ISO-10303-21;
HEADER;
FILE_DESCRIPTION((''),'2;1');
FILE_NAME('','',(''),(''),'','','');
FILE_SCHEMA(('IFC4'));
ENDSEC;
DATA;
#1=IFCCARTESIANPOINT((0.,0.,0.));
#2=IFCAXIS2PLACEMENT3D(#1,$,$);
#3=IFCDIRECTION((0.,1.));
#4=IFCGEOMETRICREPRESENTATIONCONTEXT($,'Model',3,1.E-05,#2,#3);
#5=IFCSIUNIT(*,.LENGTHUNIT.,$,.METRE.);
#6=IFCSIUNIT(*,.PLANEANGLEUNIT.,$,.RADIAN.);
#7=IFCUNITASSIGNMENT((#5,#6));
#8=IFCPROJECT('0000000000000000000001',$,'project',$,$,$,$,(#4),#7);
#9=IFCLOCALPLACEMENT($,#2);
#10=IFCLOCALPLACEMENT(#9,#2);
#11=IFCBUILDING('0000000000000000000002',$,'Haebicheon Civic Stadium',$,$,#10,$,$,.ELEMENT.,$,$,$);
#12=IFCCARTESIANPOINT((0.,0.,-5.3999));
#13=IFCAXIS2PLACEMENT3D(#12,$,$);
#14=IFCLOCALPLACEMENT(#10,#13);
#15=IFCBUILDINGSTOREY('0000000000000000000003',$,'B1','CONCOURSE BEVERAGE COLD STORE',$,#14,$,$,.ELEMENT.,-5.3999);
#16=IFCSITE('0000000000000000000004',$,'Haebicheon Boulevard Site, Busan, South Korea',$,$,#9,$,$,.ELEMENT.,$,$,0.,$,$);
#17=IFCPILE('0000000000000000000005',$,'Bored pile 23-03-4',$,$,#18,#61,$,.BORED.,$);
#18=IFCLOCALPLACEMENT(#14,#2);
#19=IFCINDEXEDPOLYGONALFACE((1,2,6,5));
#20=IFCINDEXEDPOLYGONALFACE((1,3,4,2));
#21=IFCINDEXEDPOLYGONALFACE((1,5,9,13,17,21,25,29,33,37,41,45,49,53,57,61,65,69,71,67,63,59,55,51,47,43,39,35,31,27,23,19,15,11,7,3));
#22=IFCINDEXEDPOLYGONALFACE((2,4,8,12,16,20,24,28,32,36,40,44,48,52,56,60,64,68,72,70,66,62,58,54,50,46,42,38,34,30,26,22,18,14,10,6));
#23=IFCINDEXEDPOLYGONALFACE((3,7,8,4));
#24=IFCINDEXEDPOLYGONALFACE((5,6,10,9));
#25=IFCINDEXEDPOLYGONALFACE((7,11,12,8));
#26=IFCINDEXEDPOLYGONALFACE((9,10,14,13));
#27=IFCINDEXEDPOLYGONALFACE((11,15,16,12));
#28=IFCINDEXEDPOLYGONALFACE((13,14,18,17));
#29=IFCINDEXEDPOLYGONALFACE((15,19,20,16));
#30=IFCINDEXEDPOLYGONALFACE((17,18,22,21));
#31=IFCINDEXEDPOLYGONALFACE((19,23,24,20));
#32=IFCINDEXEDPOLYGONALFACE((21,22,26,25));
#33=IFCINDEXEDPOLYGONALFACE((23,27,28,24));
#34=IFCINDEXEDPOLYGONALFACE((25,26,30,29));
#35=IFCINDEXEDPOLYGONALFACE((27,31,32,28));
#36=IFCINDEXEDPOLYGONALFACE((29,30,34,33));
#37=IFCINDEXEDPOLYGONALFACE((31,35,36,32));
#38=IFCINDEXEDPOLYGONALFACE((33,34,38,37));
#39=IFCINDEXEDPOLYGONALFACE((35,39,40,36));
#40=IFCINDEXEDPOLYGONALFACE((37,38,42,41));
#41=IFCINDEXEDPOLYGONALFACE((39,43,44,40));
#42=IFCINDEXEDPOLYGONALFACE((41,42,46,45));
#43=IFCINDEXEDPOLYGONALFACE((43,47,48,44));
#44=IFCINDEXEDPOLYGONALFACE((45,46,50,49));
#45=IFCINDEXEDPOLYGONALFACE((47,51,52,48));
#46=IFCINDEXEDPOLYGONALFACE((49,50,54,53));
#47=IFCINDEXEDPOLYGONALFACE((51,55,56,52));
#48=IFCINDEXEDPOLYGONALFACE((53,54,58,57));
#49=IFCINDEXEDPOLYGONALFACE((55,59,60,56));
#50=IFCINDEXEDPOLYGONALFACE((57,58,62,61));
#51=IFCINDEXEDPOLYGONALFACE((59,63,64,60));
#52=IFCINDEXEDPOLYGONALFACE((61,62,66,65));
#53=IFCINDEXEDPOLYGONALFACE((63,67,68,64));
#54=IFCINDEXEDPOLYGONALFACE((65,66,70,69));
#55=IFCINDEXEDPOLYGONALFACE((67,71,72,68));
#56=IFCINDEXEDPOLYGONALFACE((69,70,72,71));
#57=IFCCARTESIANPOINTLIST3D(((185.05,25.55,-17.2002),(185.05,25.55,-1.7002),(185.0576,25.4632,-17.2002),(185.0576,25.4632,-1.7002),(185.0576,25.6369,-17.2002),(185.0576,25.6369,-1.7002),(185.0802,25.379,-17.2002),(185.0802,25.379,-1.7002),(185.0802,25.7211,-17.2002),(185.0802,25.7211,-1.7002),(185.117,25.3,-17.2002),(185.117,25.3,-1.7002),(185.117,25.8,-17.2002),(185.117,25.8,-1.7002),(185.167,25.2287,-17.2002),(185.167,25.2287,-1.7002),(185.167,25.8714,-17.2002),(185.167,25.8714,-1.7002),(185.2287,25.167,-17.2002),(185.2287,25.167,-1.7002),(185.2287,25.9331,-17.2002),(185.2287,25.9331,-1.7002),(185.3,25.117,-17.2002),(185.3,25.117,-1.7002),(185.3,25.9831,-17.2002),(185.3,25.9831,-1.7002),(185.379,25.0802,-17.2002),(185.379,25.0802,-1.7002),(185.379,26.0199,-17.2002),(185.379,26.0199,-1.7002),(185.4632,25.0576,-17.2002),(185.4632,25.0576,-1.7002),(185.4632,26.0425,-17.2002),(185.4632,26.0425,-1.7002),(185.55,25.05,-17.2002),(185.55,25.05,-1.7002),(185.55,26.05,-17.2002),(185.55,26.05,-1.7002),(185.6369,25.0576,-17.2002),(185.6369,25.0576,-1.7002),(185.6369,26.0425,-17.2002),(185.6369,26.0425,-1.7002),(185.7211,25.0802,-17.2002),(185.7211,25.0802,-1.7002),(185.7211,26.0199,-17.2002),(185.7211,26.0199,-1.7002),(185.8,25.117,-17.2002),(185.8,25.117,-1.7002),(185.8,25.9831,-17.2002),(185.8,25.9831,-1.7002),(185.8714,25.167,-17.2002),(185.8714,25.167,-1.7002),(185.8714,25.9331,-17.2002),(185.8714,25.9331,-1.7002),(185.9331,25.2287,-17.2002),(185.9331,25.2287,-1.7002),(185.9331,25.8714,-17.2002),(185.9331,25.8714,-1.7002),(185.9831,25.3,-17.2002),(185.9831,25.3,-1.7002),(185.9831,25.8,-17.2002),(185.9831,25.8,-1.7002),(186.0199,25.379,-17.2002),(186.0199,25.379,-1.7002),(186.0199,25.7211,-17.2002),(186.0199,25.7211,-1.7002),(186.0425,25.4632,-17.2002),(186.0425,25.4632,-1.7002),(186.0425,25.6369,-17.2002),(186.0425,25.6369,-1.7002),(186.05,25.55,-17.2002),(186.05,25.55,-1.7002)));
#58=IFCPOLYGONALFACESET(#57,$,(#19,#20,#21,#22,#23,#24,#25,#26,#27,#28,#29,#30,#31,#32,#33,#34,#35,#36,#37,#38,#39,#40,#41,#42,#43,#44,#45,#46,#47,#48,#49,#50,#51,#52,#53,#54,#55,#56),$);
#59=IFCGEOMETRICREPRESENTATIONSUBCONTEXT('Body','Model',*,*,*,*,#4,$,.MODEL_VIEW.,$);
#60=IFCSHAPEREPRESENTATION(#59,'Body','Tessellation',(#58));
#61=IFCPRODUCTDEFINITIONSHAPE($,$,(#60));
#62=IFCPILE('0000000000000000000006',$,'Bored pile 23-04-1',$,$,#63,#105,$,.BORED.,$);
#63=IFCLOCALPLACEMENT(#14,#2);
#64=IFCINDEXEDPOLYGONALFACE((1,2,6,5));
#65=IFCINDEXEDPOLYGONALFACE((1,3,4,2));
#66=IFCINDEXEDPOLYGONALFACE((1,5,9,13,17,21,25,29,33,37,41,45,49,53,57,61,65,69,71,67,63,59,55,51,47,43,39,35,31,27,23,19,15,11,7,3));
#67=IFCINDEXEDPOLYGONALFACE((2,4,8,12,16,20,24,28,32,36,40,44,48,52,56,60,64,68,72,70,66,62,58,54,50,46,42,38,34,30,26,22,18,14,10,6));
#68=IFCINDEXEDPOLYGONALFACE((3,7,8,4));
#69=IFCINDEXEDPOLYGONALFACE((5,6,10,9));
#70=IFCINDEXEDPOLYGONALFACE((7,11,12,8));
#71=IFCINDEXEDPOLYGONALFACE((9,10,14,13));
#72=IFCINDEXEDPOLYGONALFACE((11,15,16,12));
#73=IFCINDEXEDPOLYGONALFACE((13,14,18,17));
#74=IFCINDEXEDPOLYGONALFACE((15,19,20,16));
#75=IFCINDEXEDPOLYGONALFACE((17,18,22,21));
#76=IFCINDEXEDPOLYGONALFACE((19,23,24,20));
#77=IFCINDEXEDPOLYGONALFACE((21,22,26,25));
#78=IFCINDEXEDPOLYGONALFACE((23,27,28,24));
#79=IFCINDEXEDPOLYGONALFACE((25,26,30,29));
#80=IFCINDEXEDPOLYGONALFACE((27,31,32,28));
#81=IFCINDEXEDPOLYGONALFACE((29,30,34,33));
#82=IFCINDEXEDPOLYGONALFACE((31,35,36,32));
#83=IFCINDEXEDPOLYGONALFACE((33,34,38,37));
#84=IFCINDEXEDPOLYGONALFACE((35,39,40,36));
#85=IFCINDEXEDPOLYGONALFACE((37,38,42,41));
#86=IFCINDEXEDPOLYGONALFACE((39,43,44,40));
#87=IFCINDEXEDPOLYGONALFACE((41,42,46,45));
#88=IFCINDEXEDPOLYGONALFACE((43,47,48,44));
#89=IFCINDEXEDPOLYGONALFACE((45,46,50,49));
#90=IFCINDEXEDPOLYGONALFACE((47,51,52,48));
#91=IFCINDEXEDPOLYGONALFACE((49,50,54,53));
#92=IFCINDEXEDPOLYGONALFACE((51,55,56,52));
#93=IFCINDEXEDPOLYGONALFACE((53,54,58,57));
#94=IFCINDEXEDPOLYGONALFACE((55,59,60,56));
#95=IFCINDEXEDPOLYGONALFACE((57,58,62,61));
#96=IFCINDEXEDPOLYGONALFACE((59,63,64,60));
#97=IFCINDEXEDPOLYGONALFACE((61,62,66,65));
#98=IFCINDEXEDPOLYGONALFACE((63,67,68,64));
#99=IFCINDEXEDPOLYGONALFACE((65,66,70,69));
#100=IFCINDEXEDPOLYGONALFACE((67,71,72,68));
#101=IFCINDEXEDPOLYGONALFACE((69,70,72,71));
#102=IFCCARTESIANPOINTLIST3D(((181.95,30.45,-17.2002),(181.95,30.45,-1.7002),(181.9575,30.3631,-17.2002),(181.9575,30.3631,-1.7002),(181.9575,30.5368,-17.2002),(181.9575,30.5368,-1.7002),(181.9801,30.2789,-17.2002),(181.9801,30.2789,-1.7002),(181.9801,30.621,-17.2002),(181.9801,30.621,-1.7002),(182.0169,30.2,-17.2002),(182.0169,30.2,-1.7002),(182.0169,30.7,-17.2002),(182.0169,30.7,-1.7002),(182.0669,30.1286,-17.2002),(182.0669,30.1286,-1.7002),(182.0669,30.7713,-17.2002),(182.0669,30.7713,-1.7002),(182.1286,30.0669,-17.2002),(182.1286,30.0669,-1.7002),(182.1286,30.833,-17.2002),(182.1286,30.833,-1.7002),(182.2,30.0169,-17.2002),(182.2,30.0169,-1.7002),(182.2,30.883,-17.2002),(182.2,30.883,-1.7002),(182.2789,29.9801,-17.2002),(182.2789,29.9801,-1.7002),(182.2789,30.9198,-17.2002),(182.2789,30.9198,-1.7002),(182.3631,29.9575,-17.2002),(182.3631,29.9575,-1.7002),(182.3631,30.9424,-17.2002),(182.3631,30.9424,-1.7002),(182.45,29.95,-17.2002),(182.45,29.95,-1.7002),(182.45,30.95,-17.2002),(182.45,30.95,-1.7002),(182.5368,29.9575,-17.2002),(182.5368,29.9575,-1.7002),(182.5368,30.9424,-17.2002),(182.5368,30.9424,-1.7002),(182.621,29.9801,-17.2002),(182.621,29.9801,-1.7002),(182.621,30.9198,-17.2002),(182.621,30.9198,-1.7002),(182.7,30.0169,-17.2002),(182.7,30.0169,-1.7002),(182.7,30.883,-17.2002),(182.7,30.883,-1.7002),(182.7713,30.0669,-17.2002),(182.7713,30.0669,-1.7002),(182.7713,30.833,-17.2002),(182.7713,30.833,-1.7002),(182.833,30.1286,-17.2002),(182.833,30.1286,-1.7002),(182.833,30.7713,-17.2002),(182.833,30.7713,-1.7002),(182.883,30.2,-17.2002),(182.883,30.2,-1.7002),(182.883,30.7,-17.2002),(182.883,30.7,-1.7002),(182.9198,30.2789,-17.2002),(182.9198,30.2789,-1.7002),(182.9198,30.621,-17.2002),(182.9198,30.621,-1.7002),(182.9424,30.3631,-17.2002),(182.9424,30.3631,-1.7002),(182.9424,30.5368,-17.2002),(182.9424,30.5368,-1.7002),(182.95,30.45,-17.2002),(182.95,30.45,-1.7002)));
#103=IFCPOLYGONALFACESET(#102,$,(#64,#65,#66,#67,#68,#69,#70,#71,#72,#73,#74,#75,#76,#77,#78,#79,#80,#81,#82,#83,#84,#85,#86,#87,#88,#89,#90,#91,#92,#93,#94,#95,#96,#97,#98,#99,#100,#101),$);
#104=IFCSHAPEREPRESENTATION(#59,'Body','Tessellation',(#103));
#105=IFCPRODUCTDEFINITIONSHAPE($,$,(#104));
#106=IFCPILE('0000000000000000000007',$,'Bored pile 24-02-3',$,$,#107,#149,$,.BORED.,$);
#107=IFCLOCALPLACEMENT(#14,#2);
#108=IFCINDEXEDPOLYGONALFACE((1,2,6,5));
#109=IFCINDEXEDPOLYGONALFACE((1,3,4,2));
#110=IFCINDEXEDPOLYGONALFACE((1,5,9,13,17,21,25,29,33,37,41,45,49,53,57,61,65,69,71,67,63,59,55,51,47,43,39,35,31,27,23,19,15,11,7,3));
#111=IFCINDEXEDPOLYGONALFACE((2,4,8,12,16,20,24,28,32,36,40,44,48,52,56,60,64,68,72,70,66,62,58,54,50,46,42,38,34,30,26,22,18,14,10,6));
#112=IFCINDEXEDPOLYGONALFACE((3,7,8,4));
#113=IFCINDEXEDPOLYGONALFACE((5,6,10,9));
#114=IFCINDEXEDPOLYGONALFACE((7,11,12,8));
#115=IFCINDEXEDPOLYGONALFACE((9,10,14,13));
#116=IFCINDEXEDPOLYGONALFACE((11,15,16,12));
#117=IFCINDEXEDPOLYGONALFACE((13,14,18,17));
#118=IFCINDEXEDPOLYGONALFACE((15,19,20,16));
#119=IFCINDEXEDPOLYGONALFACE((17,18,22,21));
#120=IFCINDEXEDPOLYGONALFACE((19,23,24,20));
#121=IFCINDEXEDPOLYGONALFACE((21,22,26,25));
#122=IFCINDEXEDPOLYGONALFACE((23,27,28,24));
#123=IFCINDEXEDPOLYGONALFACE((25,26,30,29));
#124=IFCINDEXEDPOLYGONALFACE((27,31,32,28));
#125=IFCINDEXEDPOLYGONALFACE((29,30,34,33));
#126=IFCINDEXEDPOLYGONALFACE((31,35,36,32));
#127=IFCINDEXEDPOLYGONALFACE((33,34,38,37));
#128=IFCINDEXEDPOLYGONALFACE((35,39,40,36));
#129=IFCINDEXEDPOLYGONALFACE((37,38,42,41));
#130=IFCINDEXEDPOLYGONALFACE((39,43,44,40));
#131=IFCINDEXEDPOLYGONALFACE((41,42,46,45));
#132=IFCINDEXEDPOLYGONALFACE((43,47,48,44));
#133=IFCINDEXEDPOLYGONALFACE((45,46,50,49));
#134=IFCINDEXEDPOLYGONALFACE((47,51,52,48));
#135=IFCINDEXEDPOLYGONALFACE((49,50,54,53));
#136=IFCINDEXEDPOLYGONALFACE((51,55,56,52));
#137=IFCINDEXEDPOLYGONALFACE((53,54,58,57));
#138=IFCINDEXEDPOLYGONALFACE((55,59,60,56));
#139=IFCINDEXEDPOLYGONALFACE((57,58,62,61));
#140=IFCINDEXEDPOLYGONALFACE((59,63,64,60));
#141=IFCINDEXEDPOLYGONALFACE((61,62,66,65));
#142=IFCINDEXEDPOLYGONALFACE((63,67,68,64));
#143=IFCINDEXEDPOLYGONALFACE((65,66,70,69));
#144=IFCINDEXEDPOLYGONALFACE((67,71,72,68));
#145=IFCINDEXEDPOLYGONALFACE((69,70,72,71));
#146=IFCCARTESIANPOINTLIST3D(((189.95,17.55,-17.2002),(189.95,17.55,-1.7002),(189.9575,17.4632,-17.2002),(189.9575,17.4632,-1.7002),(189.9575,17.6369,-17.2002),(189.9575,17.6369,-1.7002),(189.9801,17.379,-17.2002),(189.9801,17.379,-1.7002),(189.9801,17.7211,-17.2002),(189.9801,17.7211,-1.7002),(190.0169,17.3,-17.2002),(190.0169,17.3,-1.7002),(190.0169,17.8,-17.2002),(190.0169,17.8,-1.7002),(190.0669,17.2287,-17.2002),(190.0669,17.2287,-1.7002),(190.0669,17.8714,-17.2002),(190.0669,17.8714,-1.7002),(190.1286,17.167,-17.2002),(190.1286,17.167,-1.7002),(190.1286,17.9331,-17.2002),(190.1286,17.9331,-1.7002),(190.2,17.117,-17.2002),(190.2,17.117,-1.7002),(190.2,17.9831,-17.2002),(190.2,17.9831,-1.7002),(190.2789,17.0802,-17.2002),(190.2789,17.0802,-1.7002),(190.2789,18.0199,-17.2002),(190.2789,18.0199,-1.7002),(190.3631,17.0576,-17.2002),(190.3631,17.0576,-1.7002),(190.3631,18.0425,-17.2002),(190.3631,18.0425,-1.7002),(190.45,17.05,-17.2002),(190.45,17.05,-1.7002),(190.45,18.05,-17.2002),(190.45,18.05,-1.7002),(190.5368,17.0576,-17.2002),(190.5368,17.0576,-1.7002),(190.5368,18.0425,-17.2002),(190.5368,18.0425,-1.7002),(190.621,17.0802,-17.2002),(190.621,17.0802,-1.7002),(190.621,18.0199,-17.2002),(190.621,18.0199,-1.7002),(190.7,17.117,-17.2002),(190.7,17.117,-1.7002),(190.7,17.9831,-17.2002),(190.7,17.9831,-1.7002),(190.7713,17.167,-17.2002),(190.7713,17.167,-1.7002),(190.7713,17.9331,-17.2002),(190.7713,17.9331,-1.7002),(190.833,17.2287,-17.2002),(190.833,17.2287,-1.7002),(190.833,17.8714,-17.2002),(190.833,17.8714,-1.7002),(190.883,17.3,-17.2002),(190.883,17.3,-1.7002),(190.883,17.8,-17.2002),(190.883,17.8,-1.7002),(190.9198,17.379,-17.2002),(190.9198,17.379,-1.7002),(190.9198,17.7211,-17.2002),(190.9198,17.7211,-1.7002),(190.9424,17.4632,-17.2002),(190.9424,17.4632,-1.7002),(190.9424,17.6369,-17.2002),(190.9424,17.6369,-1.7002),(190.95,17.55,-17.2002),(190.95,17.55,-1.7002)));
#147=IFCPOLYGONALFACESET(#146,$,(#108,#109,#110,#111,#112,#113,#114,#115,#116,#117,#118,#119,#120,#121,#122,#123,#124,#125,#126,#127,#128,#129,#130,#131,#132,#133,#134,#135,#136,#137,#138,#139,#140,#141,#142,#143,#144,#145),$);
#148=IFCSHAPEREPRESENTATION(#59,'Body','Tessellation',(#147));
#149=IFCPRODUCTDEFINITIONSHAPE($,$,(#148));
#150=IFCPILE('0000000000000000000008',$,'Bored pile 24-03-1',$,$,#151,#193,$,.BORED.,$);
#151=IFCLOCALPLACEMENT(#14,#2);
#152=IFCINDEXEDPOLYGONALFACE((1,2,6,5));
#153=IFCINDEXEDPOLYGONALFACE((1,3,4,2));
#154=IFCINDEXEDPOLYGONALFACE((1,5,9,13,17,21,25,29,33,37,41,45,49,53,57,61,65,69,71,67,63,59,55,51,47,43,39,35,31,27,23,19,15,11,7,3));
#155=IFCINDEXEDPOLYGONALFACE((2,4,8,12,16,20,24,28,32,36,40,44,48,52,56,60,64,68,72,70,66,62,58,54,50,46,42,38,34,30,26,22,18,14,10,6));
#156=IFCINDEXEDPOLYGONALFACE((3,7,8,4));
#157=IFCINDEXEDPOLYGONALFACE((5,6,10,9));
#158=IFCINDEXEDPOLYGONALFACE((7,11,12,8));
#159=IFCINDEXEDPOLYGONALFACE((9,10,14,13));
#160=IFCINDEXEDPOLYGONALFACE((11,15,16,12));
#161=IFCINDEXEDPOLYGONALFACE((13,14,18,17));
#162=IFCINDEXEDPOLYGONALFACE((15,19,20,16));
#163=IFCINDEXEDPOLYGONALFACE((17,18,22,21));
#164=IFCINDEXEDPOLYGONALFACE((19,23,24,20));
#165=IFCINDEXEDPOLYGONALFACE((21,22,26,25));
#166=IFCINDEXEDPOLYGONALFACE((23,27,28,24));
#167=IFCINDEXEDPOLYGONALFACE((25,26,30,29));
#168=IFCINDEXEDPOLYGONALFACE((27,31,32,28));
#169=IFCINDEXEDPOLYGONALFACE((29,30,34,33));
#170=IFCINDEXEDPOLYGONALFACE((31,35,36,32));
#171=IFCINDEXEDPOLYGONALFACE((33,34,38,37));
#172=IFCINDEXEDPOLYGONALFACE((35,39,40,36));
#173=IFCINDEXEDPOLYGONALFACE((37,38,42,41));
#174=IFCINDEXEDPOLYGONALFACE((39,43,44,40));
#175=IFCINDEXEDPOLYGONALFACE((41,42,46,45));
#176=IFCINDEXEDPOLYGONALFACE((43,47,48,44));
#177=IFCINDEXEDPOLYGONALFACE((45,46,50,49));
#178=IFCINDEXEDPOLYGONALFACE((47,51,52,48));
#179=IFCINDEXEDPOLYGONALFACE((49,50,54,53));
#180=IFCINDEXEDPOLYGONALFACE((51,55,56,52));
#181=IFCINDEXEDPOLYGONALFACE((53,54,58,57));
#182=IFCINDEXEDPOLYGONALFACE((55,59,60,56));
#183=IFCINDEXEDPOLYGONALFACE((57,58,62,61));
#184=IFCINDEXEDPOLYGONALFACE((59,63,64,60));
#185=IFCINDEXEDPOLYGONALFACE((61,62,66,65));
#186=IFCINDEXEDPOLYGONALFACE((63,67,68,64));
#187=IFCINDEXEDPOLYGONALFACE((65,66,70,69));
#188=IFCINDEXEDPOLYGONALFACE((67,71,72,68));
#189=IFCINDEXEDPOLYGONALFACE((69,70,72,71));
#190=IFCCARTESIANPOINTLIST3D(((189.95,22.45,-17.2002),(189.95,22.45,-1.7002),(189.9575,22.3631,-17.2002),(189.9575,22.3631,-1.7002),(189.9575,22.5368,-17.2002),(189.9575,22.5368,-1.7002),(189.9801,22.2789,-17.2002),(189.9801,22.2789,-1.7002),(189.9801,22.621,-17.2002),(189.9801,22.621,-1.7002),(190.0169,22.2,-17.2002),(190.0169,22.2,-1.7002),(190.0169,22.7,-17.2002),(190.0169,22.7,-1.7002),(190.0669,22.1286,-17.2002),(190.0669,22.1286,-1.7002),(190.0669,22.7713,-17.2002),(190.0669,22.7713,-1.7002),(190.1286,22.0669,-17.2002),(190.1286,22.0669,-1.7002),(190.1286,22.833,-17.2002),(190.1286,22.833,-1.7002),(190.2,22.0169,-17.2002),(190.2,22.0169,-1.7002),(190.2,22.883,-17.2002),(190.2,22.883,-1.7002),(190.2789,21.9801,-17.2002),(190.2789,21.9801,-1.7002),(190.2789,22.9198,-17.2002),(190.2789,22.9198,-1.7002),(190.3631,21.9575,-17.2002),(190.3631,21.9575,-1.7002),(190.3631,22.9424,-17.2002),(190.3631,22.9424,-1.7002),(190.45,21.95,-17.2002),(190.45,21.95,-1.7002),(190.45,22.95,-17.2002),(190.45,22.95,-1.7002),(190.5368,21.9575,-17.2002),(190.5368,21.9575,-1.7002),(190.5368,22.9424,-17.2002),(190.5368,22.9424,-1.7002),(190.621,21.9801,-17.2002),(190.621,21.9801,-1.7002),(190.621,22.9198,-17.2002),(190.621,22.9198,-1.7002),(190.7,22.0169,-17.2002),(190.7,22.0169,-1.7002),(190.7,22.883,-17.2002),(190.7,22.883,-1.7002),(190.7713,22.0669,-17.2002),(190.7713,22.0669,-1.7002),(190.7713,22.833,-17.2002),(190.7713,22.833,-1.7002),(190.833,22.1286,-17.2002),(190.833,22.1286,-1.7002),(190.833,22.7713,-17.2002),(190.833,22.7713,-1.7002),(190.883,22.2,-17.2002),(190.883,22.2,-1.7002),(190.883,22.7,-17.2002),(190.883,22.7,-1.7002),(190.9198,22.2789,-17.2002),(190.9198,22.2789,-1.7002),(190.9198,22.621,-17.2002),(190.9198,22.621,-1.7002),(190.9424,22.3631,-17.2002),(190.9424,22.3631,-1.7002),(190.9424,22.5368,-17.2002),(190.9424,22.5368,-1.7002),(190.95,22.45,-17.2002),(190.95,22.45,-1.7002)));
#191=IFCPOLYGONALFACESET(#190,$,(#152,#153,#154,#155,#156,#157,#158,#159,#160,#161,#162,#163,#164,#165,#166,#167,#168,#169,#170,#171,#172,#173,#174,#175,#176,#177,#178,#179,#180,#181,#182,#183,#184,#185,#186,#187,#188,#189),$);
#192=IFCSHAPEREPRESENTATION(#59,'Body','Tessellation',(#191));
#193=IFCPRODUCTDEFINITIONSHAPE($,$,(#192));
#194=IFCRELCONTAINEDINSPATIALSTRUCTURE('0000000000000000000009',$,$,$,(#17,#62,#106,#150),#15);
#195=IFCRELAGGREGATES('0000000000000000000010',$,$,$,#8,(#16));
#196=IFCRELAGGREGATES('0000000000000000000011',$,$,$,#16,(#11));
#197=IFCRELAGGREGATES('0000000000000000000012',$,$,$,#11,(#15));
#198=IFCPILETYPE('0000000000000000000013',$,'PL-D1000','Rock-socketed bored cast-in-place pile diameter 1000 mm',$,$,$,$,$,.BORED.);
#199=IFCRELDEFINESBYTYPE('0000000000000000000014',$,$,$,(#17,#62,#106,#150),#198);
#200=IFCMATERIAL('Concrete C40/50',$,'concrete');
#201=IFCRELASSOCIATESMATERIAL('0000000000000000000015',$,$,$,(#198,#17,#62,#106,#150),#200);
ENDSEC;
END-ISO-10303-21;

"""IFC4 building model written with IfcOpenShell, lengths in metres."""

from ifc_helpers import new_model, si_unit, direction, frame, origin, origin_2d, place, context, subcontext, project, spatial, circle, extrude, material, material_profile, profile_set, type_object, element, save


model = new_model("IFC4")

# Units and contexts
model_context = context("Model", 3, precision=1e-05, world=origin(), true_north=direction((0.0, 1.0)))
body_context = subcontext(model_context, "Body", "Model", "MODEL_VIEW")
ifc_project = project(units=[si_unit("LENGTHUNIT", "METRE"), si_unit("PLANEANGLEUNIT", "RADIAN")], contexts=[model_context])

# Site, building, storey
site_placement = place(None, origin())
site = spatial("IfcSite", under=ifc_project, at=site_placement, Name="Haebicheon Boulevard Site, Busan, South Korea", CompositionType="ELEMENT", RefElevation=0.0)
building_placement = place(site_placement, origin())
building = spatial("IfcBuilding", under=site, at=building_placement, Name="Haebicheon Civic Stadium", CompositionType="ELEMENT")
storey_placement = place(building_placement, frame((0.0, 0.0, -5.3999)))
storey = spatial("IfcBuildingStorey", under=building, at=storey_placement, Name="B1", Description="CONCOURSE BEVERAGE COLD STORE", CompositionType="ELEMENT", Elevation=-5.3999)

# Piles
ifc_material_1 = material(Name="Concrete C40/50", Category="concrete")
ifc_material_profile_1 = material_profile(ifc_material_1, circle(Radius=0.5, at=origin_2d()), Name="PILE-D1000")
ifc_profile_set_1 = profile_set([ifc_material_profile_1], Name="Concrete C40/50")
pile_type = type_object("IfcPileType", Name="PL-D1000", Description="Rock-socketed bored cast-in-place pile diameter 1000 mm", PredefinedType="BORED", material=ifc_profile_set_1)
for number, where, z_axis, x_axis, name in (
    (1, (185.55, 25.55, -1.7002), (0.0, 0.0, -1.0), (1.0, 0.0, 0.0), "Bored pile 23-03-4"),
    (2, (182.45, 30.45, -1.7002), (0.0, 0.0, -1.0), (1.0, 0.0, 0.0), "Bored pile 23-04-1"),
    (3, (190.45, 17.55, -1.7002), (0.0, 0.0, -1.0), (1.0, 0.0, 0.0), "Bored pile 24-02-3"),
    (4, (190.45, 22.45, -1.7002), (0.0, 0.0, -1.0), (1.0, 0.0, 0.0), "Bored pile 24-03-1"),
):
    element("IfcPile", number, at=place(storey_placement, frame(where, z_axis=z_axis, x_axis=x_axis)), inside=storey, type_object=pile_type, material=ifc_profile_set_1, Name=name, PredefinedType="BORED", context=body_context, shape_type="SweptSolid", body=[
        extrude(circle(Radius=0.5, at=origin_2d()), origin(), (0.0, 0.0, 1.0), 15.5),
    ])

save(model, "model.ifc")
